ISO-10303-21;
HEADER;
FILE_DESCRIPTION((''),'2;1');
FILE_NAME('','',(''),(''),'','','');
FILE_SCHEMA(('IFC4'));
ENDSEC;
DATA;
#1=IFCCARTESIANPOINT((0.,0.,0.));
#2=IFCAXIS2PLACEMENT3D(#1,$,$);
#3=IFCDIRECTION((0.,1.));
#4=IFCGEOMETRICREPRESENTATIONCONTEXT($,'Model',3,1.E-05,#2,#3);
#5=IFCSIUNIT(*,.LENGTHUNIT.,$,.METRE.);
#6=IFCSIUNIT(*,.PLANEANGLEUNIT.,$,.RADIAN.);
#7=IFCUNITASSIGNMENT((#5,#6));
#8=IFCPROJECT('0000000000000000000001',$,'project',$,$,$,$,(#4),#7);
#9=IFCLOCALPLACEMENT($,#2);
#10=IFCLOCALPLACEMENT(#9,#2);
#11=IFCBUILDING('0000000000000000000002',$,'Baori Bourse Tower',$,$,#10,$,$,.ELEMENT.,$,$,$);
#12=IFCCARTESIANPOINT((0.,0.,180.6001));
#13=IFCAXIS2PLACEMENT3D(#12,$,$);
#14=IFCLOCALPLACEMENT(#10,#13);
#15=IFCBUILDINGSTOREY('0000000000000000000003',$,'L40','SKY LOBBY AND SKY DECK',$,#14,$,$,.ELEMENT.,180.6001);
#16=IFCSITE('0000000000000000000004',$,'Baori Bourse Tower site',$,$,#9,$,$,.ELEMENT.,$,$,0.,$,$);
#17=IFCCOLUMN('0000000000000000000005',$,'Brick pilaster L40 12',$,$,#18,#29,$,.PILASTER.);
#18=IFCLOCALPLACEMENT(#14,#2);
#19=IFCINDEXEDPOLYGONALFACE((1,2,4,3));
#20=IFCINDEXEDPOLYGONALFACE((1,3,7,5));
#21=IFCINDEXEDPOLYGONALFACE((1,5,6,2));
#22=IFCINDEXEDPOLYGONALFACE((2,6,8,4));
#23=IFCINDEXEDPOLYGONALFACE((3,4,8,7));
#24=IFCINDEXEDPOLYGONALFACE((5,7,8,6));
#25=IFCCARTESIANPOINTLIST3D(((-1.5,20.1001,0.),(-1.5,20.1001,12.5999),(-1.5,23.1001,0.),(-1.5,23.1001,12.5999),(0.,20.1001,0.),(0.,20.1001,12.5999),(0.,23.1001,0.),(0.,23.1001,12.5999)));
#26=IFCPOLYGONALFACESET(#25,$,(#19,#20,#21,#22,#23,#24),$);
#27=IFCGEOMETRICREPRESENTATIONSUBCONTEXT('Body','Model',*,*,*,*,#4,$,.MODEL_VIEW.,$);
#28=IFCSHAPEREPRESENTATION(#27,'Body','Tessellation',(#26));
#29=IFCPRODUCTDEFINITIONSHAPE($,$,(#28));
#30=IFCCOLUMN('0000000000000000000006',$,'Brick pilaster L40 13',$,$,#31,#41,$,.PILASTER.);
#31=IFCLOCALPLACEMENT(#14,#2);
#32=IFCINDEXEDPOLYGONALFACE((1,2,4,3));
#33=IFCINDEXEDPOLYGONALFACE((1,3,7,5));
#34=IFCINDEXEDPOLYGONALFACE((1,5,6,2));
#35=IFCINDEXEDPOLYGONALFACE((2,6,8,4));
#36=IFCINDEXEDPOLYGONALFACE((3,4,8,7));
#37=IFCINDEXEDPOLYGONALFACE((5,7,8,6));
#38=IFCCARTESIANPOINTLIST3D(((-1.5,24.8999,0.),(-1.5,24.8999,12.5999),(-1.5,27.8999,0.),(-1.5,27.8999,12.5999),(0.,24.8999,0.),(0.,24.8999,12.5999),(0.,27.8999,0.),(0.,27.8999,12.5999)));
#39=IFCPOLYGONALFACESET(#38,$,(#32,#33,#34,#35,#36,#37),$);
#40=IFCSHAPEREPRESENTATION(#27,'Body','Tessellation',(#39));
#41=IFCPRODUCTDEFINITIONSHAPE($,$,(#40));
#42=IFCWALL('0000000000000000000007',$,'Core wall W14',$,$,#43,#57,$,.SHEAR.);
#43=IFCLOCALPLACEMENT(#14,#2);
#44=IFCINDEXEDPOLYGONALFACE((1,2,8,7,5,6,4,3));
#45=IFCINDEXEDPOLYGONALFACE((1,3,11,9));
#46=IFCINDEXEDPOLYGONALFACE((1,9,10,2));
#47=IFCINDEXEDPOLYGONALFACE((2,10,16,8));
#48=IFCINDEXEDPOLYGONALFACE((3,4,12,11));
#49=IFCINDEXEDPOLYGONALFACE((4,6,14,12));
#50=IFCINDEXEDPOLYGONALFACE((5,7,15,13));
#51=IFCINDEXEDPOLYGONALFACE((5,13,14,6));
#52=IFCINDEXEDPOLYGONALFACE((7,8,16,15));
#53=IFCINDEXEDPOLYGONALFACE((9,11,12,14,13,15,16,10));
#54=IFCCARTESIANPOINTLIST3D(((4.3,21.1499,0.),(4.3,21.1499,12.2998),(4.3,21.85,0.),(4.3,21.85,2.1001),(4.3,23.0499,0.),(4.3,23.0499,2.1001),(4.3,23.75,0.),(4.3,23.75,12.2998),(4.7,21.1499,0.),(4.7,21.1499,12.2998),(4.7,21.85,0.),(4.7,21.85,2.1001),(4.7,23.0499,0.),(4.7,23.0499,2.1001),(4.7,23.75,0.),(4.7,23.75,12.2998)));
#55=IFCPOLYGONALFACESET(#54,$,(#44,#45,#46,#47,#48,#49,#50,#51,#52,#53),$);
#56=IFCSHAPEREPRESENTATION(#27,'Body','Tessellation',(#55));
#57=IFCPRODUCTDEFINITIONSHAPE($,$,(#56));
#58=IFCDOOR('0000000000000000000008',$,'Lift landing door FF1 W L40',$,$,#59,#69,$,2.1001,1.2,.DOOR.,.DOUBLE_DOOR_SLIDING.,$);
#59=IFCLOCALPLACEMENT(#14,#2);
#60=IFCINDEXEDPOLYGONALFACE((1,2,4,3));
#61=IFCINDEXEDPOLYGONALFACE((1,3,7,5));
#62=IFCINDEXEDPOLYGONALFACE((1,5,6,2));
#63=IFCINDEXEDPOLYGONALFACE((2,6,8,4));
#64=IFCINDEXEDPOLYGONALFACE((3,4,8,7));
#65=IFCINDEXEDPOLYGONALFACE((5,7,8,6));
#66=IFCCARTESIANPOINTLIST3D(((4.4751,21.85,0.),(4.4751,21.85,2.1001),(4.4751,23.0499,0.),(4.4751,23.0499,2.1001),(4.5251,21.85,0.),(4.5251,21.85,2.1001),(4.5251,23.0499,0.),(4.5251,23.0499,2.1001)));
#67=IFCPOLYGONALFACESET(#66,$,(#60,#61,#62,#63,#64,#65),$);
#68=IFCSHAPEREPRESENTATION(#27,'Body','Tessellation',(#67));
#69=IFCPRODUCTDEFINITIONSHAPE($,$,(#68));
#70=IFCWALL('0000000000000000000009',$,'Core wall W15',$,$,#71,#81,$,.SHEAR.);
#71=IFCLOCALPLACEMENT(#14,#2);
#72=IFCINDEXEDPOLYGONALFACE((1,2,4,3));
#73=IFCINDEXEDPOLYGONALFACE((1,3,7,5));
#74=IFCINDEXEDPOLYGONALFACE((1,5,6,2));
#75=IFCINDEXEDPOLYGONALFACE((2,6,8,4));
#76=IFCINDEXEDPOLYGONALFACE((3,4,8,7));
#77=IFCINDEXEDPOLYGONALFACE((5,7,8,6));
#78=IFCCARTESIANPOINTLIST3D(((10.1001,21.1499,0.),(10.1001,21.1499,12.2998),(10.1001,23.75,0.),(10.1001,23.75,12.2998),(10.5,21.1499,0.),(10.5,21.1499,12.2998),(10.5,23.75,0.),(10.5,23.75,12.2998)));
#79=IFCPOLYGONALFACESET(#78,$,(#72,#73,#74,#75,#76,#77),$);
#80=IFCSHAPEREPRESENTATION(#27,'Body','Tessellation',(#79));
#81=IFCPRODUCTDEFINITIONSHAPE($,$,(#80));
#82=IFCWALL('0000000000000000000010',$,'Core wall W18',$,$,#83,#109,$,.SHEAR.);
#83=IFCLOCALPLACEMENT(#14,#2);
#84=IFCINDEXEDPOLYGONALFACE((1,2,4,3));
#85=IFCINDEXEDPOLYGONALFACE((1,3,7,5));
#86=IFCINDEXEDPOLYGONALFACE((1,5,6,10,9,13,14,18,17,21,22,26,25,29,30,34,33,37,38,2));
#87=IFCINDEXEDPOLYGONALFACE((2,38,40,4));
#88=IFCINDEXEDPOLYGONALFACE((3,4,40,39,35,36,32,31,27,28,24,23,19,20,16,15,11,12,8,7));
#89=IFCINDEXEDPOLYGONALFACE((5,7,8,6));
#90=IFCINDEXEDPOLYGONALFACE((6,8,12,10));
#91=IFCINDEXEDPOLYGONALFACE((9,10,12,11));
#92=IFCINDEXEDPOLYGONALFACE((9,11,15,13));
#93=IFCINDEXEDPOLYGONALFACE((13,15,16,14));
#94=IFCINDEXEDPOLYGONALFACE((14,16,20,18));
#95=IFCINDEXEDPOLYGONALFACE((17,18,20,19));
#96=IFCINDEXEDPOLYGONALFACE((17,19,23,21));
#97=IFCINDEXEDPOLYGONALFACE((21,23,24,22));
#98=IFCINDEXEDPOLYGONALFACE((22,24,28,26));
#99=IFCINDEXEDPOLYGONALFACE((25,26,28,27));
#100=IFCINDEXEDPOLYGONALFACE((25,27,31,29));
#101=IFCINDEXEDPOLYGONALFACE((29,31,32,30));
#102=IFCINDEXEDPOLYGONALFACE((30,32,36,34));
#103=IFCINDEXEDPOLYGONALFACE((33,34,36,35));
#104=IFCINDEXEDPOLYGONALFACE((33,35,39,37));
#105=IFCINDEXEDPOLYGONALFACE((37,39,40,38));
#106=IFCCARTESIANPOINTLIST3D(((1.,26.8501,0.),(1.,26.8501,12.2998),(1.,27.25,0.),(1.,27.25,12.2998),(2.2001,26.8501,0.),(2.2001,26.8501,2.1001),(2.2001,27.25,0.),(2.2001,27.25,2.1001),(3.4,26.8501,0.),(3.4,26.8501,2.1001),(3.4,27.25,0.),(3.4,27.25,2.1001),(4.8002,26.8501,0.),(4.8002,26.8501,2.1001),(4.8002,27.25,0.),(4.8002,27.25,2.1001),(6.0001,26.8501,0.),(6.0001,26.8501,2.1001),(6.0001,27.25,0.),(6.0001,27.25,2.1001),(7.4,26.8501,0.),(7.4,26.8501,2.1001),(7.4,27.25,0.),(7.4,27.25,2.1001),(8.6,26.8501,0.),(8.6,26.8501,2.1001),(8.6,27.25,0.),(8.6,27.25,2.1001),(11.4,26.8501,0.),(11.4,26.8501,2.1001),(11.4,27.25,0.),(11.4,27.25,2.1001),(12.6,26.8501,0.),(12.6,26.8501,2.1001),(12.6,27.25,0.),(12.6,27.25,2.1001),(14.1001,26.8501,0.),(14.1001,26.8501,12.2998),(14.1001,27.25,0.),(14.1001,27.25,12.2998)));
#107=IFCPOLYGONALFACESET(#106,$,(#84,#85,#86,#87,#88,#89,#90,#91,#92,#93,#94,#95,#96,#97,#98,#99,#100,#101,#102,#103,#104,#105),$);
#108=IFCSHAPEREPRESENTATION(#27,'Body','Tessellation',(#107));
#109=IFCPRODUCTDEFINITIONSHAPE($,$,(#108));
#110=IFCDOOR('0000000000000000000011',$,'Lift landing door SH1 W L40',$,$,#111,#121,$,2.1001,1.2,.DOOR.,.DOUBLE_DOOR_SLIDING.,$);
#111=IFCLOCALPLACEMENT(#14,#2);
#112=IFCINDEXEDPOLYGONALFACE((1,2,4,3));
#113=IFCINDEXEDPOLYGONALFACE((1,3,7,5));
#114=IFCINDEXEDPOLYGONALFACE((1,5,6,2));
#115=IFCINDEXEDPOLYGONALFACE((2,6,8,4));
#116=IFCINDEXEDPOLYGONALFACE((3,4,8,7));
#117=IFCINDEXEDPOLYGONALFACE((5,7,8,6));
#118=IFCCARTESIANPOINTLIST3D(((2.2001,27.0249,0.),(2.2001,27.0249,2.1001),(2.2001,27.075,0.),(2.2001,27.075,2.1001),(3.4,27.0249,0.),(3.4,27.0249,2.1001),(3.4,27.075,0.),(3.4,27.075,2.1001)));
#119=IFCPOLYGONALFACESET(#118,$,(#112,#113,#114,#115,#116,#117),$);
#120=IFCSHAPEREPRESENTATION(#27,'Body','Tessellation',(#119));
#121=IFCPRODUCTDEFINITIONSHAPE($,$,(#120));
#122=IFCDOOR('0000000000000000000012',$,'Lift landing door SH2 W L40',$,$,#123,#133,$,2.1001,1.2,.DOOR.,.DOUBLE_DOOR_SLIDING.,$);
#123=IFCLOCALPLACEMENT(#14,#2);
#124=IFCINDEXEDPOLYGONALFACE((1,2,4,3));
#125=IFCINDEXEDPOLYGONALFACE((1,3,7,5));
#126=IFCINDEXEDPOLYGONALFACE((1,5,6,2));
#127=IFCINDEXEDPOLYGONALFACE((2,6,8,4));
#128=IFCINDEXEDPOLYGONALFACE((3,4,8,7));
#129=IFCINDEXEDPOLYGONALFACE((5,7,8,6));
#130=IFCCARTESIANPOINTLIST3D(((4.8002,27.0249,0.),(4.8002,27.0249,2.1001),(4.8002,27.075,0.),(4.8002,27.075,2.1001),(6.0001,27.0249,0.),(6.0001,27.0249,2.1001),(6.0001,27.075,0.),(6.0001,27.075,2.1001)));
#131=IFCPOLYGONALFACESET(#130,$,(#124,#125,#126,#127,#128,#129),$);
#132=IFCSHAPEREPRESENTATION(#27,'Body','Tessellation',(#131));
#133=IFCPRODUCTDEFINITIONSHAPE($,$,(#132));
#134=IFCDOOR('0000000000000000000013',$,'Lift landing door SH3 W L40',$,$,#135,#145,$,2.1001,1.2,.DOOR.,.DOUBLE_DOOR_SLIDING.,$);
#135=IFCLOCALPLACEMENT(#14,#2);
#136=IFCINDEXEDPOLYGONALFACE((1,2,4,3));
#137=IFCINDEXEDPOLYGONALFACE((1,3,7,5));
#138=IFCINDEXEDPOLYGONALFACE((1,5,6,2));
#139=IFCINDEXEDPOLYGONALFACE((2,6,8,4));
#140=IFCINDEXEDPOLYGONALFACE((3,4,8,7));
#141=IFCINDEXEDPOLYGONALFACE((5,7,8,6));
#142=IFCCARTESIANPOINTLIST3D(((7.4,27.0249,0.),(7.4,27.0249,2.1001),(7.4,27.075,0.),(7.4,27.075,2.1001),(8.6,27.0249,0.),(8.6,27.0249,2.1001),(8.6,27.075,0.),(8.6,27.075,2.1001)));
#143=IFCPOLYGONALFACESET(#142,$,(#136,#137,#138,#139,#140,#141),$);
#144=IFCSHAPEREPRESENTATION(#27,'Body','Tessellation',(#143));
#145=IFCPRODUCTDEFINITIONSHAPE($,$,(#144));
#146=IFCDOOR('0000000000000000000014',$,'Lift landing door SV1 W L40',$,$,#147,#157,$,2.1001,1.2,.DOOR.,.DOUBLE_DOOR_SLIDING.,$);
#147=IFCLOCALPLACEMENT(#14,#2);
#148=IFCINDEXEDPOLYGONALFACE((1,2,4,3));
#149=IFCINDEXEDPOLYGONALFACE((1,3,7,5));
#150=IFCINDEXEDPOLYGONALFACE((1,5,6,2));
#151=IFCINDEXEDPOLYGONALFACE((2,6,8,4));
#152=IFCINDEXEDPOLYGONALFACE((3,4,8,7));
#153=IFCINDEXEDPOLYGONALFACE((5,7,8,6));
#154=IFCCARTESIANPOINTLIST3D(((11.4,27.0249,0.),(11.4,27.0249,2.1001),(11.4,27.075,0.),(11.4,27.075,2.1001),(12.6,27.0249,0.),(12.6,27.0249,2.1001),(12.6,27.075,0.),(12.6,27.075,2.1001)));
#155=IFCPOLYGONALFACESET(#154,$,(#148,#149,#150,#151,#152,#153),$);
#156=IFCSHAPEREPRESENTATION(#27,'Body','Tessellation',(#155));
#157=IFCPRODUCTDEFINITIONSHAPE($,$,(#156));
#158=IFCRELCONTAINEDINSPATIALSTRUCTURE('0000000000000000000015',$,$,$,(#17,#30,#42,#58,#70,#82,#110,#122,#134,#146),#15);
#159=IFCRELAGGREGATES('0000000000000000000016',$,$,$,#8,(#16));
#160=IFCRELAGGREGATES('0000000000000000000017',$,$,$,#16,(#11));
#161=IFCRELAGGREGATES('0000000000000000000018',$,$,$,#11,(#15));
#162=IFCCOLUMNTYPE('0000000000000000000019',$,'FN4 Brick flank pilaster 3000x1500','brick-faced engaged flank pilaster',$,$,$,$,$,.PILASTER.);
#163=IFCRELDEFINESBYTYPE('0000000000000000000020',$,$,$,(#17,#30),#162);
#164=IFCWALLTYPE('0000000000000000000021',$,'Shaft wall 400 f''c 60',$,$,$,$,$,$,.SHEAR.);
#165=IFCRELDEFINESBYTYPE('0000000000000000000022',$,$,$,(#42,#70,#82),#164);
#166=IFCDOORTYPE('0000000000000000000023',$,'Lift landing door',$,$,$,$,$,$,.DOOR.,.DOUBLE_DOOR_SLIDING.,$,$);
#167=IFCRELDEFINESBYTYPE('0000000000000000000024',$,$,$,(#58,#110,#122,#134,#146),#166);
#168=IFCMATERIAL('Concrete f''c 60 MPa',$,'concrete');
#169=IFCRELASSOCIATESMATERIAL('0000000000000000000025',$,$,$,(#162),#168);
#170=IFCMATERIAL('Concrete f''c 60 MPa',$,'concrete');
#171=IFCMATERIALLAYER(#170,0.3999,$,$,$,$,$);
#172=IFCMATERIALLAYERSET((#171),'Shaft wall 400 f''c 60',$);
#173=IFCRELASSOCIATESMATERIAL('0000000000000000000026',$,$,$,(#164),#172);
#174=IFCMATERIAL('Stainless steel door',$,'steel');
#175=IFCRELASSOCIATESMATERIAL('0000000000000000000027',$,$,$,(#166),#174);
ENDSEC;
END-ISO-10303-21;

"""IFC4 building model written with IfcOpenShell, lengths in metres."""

from ifc_helpers import new_model, si_unit, direction, frame, frame_2d, origin, origin_2d, place, context, subcontext, project, spatial, rectangle, extrude, material, layer, layer_set, material_profile, profile_set, type_object, element, fill, save


model = new_model("IFC4")

# Units and contexts
model_context = context("Model", 3, precision=1e-05, world=origin(), true_north=direction((0.0, 1.0)))
body_context = subcontext(model_context, "Body", "Model", "MODEL_VIEW")
ifc_project = project(units=[si_unit("LENGTHUNIT", "METRE"), si_unit("PLANEANGLEUNIT", "RADIAN")], contexts=[model_context])

# Site, building, storey
site_placement = place(None, origin())
site = spatial("IfcSite", under=ifc_project, at=site_placement, Name="Baori Bourse Tower site", CompositionType="ELEMENT", RefElevation=0.0)
building_placement = place(site_placement, origin())
building = spatial("IfcBuilding", under=site, at=building_placement, Name="Baori Bourse Tower", CompositionType="ELEMENT")
storey_placement = place(building_placement, frame((0.0, 0.0, 180.6001)))
storey = spatial("IfcBuildingStorey", under=building, at=storey_placement, Name="L40", Description="SKY LOBBY AND SKY DECK", CompositionType="ELEMENT", Elevation=180.6001)

# Columns
ifc_material_1 = material(Name="Concrete f'c 60 MPa", Category="concrete")
ifc_material_profile = material_profile(ifc_material_1, rectangle(XDim=3.0, YDim=1.5, at=origin_2d()), Name="RC 3000x1500")
ifc_profile_set = profile_set([ifc_material_profile], Name="Concrete f'c 60 MPa")
column_type = type_object("IfcColumnType", Name="FN4 Brick flank pilaster 3000x1500", Description="brick-faced engaged flank pilaster", PredefinedType="PILASTER", material=ifc_profile_set)
for number, where, z_axis, x_axis, name in (
    (1, (-0.75, 21.6001, 0.0), (0.0, 0.0, 1.0), (0.0, 1.0, 0.0), "Brick pilaster L40 12"),
    (2, (-0.75, 26.3999, 0.0), (0.0, 0.0, 1.0), (0.0, 1.0, 0.0), "Brick pilaster L40 13"),
):
    element("IfcColumn", number, at=place(storey_placement, frame(where, z_axis=z_axis, x_axis=x_axis)), inside=storey, type_object=column_type, Name=name, PredefinedType="PILASTER", context=body_context, shape_type="SweptSolid", body=[
        extrude(rectangle(XDim=3.0, YDim=1.5, at=origin_2d()), origin(), (0.0, 0.0, 1.0), 12.5999),
    ])

# Wall, opening, door
ifc_material_2 = material(Name="Concrete f'c 60 MPa", Category="concrete")
ifc_layer_1 = layer(ifc_material_2, 0.3999)
ifc_layer_set_1 = layer_set([ifc_layer_1], Name="Shaft wall 400 f'c 60")
wall_type_1 = type_object("IfcWallType", Name="Shaft wall 400 f'c 60", PredefinedType="SHEAR", material=ifc_layer_set_1)
wall_1_placement = place(storey_placement, frame((4.5, 21.1499, 0.0), z_axis=(0.0, 0.0, 1.0), x_axis=(0.0, 1.0, 0.0)))
wall_1 = element("IfcWall", 3, at=wall_1_placement, inside=storey, type_object=wall_type_1, Name="Core wall W14", PredefinedType="SHEAR", context=body_context, shape_type="SweptSolid", body=[
    extrude(rectangle(XDim=2.6001, YDim=0.3999, at=frame_2d((1.3, 0.0))), origin(), (0.0, 0.0, 1.0), 12.2998),
])
opening_1_placement = place(wall_1_placement, frame((0.7, 0.0, 0.0)))
opening_1 = element("IfcOpeningElement", 4, at=opening_1_placement, cuts=wall_1, PredefinedType="OPENING", context=body_context, shape_type="SweptSolid", body=[
    extrude(rectangle(XDim=1.2, YDim=2.1001, at=frame_2d((0.6001, 1.05))), frame((0.0, 0.21, 0.0), z_axis=(0.0, -1.0, 0.0), x_axis=(1.0, 0.0, 0.0)), (0.0, 0.0, 1.0), 0.4199),
])
ifc_material_3 = material(Name="Stainless steel door", Category="steel")
door_type = type_object("IfcDoorType", Name="Lift landing door", OperationType="DOUBLE_DOOR_SLIDING", PredefinedType="DOOR", material=ifc_material_3)
door_1_placement = place(opening_1_placement, origin())
door_1 = element("IfcDoor", 5, at=door_1_placement, inside=storey, type_object=door_type, Name="Lift landing door FF1 W L40", OperationType="DOUBLE_DOOR_SLIDING", OverallHeight=2.1001, OverallWidth=1.2, PredefinedType="DOOR", context=body_context, shape_type="SweptSolid", body=[
    extrude(rectangle(XDim=1.2, YDim=2.1001, at=frame_2d((0.6001, 1.05))), frame((0.0, 0.0249, 0.0), z_axis=(0.0, -1.0, 0.0), x_axis=(1.0, 0.0, 0.0)), (0.0, 0.0, 1.0), 0.05),
])
fill(opening_1, door_1)

# Wall
wall_2_placement = place(storey_placement, frame((10.3, 21.1499, 0.0), z_axis=(0.0, 0.0, 1.0), x_axis=(0.0, 1.0, 0.0)))
element("IfcWall", 6, at=wall_2_placement, inside=storey, type_object=wall_type_1, Name="Core wall W15", PredefinedType="SHEAR", context=body_context, shape_type="SweptSolid", body=[
    extrude(rectangle(XDim=2.6001, YDim=0.3999, at=frame_2d((1.3, 0.0))), origin(), (0.0, 0.0, 1.0), 12.2998),
])

# Wall, openings, doors
wall_3_placement = place(storey_placement, frame((1.0, 27.05, 0.0), z_axis=(0.0, 0.0, 1.0), x_axis=(1.0, 0.0, 0.0)))
wall_3 = element("IfcWall", 7, at=wall_3_placement, inside=storey, type_object=wall_type_1, Name="Core wall W18", PredefinedType="SHEAR", context=body_context, shape_type="SweptSolid", body=[
    extrude(rectangle(XDim=13.1001, YDim=0.3999, at=frame_2d((6.55, 0.0))), origin(), (0.0, 0.0, 1.0), 12.2998),
])
opening_2_placement = place(wall_3_placement, frame((1.2, 0.0, 0.0)))
opening_2 = element("IfcOpeningElement", 8, at=opening_2_placement, cuts=wall_3, PredefinedType="OPENING", context=body_context, shape_type="SweptSolid", body=[
    extrude(rectangle(XDim=1.2, YDim=2.1001, at=frame_2d((0.6001, 1.05))), frame((0.0, 0.21, 0.0), z_axis=(0.0, -1.0, 0.0), x_axis=(1.0, 0.0, 0.0)), (0.0, 0.0, 1.0), 0.4199),
])
opening_3_placement = place(wall_3_placement, frame((3.8, 0.0, 0.0)))
opening_3 = element("IfcOpeningElement", 9, at=opening_3_placement, cuts=wall_3, PredefinedType="OPENING", context=body_context, shape_type="SweptSolid", body=[
    extrude(rectangle(XDim=1.2, YDim=2.1001, at=frame_2d((0.6001, 1.05))), frame((0.0, 0.21, 0.0), z_axis=(0.0, -1.0, 0.0), x_axis=(1.0, 0.0, 0.0)), (0.0, 0.0, 1.0), 0.4199),
])
opening_4_placement = place(wall_3_placement, frame((6.3999, 0.0, 0.0)))
opening_4 = element("IfcOpeningElement", 10, at=opening_4_placement, cuts=wall_3, PredefinedType="OPENING", context=body_context, shape_type="SweptSolid", body=[
    extrude(rectangle(XDim=1.2, YDim=2.1001, at=frame_2d((0.6001, 1.05))), frame((0.0, 0.21, 0.0), z_axis=(0.0, -1.0, 0.0), x_axis=(1.0, 0.0, 0.0)), (0.0, 0.0, 1.0), 0.4199),
])
opening_5_placement = place(wall_3_placement, frame((10.3999, 0.0, 0.0)))
opening_5 = element("IfcOpeningElement", 11, at=opening_5_placement, cuts=wall_3, PredefinedType="OPENING", context=body_context, shape_type="SweptSolid", body=[
    extrude(rectangle(XDim=1.2, YDim=2.1001, at=frame_2d((0.6001, 1.05))), frame((0.0, 0.21, 0.0), z_axis=(0.0, -1.0, 0.0), x_axis=(1.0, 0.0, 0.0)), (0.0, 0.0, 1.0), 0.4199),
])
door_2_placement = place(opening_2_placement, origin())
door_2 = element("IfcDoor", 12, at=door_2_placement, inside=storey, type_object=door_type, Name="Lift landing door SH1 W L40", OperationType="DOUBLE_DOOR_SLIDING", OverallHeight=2.1001, OverallWidth=1.2, PredefinedType="DOOR", context=body_context, shape_type="SweptSolid", body=[
    extrude(rectangle(XDim=1.2, YDim=2.1001, at=frame_2d((0.6001, 1.05))), frame((0.0, 0.0249, 0.0), z_axis=(0.0, -1.0, 0.0), x_axis=(1.0, 0.0, 0.0)), (0.0, 0.0, 1.0), 0.05),
])
fill(opening_2, door_2)
door_3_placement = place(opening_3_placement, origin())
door_3 = element("IfcDoor", 13, at=door_3_placement, inside=storey, type_object=door_type, Name="Lift landing door SH2 W L40", OperationType="DOUBLE_DOOR_SLIDING", OverallHeight=2.1001, OverallWidth=1.2, PredefinedType="DOOR", context=body_context, shape_type="SweptSolid", body=[
    extrude(rectangle(XDim=1.2, YDim=2.1001, at=frame_2d((0.6001, 1.05))), frame((0.0, 0.0249, 0.0), z_axis=(0.0, -1.0, 0.0), x_axis=(1.0, 0.0, 0.0)), (0.0, 0.0, 1.0), 0.05),
])
fill(opening_3, door_3)
door_4_placement = place(opening_4_placement, origin())
door_4 = element("IfcDoor", 14, at=door_4_placement, inside=storey, type_object=door_type, Name="Lift landing door SH3 W L40", OperationType="DOUBLE_DOOR_SLIDING", OverallHeight=2.1001, OverallWidth=1.2, PredefinedType="DOOR", context=body_context, shape_type="SweptSolid", body=[
    extrude(rectangle(XDim=1.2, YDim=2.1001, at=frame_2d((0.6001, 1.05))), frame((0.0, 0.0249, 0.0), z_axis=(0.0, -1.0, 0.0), x_axis=(1.0, 0.0, 0.0)), (0.0, 0.0, 1.0), 0.05),
])
fill(opening_4, door_4)
door_5_placement = place(opening_5_placement, origin())
door_5 = element("IfcDoor", 15, at=door_5_placement, inside=storey, type_object=door_type, Name="Lift landing door SV1 W L40", OperationType="DOUBLE_DOOR_SLIDING", OverallHeight=2.1001, OverallWidth=1.2, PredefinedType="DOOR", context=body_context, shape_type="SweptSolid", body=[
    extrude(rectangle(XDim=1.2, YDim=2.1001, at=frame_2d((0.6001, 1.05))), frame((0.0, 0.0249, 0.0), z_axis=(0.0, -1.0, 0.0), x_axis=(1.0, 0.0, 0.0)), (0.0, 0.0, 1.0), 0.05),
])
fill(opening_5, door_5)

save(model, "model.ifc")
